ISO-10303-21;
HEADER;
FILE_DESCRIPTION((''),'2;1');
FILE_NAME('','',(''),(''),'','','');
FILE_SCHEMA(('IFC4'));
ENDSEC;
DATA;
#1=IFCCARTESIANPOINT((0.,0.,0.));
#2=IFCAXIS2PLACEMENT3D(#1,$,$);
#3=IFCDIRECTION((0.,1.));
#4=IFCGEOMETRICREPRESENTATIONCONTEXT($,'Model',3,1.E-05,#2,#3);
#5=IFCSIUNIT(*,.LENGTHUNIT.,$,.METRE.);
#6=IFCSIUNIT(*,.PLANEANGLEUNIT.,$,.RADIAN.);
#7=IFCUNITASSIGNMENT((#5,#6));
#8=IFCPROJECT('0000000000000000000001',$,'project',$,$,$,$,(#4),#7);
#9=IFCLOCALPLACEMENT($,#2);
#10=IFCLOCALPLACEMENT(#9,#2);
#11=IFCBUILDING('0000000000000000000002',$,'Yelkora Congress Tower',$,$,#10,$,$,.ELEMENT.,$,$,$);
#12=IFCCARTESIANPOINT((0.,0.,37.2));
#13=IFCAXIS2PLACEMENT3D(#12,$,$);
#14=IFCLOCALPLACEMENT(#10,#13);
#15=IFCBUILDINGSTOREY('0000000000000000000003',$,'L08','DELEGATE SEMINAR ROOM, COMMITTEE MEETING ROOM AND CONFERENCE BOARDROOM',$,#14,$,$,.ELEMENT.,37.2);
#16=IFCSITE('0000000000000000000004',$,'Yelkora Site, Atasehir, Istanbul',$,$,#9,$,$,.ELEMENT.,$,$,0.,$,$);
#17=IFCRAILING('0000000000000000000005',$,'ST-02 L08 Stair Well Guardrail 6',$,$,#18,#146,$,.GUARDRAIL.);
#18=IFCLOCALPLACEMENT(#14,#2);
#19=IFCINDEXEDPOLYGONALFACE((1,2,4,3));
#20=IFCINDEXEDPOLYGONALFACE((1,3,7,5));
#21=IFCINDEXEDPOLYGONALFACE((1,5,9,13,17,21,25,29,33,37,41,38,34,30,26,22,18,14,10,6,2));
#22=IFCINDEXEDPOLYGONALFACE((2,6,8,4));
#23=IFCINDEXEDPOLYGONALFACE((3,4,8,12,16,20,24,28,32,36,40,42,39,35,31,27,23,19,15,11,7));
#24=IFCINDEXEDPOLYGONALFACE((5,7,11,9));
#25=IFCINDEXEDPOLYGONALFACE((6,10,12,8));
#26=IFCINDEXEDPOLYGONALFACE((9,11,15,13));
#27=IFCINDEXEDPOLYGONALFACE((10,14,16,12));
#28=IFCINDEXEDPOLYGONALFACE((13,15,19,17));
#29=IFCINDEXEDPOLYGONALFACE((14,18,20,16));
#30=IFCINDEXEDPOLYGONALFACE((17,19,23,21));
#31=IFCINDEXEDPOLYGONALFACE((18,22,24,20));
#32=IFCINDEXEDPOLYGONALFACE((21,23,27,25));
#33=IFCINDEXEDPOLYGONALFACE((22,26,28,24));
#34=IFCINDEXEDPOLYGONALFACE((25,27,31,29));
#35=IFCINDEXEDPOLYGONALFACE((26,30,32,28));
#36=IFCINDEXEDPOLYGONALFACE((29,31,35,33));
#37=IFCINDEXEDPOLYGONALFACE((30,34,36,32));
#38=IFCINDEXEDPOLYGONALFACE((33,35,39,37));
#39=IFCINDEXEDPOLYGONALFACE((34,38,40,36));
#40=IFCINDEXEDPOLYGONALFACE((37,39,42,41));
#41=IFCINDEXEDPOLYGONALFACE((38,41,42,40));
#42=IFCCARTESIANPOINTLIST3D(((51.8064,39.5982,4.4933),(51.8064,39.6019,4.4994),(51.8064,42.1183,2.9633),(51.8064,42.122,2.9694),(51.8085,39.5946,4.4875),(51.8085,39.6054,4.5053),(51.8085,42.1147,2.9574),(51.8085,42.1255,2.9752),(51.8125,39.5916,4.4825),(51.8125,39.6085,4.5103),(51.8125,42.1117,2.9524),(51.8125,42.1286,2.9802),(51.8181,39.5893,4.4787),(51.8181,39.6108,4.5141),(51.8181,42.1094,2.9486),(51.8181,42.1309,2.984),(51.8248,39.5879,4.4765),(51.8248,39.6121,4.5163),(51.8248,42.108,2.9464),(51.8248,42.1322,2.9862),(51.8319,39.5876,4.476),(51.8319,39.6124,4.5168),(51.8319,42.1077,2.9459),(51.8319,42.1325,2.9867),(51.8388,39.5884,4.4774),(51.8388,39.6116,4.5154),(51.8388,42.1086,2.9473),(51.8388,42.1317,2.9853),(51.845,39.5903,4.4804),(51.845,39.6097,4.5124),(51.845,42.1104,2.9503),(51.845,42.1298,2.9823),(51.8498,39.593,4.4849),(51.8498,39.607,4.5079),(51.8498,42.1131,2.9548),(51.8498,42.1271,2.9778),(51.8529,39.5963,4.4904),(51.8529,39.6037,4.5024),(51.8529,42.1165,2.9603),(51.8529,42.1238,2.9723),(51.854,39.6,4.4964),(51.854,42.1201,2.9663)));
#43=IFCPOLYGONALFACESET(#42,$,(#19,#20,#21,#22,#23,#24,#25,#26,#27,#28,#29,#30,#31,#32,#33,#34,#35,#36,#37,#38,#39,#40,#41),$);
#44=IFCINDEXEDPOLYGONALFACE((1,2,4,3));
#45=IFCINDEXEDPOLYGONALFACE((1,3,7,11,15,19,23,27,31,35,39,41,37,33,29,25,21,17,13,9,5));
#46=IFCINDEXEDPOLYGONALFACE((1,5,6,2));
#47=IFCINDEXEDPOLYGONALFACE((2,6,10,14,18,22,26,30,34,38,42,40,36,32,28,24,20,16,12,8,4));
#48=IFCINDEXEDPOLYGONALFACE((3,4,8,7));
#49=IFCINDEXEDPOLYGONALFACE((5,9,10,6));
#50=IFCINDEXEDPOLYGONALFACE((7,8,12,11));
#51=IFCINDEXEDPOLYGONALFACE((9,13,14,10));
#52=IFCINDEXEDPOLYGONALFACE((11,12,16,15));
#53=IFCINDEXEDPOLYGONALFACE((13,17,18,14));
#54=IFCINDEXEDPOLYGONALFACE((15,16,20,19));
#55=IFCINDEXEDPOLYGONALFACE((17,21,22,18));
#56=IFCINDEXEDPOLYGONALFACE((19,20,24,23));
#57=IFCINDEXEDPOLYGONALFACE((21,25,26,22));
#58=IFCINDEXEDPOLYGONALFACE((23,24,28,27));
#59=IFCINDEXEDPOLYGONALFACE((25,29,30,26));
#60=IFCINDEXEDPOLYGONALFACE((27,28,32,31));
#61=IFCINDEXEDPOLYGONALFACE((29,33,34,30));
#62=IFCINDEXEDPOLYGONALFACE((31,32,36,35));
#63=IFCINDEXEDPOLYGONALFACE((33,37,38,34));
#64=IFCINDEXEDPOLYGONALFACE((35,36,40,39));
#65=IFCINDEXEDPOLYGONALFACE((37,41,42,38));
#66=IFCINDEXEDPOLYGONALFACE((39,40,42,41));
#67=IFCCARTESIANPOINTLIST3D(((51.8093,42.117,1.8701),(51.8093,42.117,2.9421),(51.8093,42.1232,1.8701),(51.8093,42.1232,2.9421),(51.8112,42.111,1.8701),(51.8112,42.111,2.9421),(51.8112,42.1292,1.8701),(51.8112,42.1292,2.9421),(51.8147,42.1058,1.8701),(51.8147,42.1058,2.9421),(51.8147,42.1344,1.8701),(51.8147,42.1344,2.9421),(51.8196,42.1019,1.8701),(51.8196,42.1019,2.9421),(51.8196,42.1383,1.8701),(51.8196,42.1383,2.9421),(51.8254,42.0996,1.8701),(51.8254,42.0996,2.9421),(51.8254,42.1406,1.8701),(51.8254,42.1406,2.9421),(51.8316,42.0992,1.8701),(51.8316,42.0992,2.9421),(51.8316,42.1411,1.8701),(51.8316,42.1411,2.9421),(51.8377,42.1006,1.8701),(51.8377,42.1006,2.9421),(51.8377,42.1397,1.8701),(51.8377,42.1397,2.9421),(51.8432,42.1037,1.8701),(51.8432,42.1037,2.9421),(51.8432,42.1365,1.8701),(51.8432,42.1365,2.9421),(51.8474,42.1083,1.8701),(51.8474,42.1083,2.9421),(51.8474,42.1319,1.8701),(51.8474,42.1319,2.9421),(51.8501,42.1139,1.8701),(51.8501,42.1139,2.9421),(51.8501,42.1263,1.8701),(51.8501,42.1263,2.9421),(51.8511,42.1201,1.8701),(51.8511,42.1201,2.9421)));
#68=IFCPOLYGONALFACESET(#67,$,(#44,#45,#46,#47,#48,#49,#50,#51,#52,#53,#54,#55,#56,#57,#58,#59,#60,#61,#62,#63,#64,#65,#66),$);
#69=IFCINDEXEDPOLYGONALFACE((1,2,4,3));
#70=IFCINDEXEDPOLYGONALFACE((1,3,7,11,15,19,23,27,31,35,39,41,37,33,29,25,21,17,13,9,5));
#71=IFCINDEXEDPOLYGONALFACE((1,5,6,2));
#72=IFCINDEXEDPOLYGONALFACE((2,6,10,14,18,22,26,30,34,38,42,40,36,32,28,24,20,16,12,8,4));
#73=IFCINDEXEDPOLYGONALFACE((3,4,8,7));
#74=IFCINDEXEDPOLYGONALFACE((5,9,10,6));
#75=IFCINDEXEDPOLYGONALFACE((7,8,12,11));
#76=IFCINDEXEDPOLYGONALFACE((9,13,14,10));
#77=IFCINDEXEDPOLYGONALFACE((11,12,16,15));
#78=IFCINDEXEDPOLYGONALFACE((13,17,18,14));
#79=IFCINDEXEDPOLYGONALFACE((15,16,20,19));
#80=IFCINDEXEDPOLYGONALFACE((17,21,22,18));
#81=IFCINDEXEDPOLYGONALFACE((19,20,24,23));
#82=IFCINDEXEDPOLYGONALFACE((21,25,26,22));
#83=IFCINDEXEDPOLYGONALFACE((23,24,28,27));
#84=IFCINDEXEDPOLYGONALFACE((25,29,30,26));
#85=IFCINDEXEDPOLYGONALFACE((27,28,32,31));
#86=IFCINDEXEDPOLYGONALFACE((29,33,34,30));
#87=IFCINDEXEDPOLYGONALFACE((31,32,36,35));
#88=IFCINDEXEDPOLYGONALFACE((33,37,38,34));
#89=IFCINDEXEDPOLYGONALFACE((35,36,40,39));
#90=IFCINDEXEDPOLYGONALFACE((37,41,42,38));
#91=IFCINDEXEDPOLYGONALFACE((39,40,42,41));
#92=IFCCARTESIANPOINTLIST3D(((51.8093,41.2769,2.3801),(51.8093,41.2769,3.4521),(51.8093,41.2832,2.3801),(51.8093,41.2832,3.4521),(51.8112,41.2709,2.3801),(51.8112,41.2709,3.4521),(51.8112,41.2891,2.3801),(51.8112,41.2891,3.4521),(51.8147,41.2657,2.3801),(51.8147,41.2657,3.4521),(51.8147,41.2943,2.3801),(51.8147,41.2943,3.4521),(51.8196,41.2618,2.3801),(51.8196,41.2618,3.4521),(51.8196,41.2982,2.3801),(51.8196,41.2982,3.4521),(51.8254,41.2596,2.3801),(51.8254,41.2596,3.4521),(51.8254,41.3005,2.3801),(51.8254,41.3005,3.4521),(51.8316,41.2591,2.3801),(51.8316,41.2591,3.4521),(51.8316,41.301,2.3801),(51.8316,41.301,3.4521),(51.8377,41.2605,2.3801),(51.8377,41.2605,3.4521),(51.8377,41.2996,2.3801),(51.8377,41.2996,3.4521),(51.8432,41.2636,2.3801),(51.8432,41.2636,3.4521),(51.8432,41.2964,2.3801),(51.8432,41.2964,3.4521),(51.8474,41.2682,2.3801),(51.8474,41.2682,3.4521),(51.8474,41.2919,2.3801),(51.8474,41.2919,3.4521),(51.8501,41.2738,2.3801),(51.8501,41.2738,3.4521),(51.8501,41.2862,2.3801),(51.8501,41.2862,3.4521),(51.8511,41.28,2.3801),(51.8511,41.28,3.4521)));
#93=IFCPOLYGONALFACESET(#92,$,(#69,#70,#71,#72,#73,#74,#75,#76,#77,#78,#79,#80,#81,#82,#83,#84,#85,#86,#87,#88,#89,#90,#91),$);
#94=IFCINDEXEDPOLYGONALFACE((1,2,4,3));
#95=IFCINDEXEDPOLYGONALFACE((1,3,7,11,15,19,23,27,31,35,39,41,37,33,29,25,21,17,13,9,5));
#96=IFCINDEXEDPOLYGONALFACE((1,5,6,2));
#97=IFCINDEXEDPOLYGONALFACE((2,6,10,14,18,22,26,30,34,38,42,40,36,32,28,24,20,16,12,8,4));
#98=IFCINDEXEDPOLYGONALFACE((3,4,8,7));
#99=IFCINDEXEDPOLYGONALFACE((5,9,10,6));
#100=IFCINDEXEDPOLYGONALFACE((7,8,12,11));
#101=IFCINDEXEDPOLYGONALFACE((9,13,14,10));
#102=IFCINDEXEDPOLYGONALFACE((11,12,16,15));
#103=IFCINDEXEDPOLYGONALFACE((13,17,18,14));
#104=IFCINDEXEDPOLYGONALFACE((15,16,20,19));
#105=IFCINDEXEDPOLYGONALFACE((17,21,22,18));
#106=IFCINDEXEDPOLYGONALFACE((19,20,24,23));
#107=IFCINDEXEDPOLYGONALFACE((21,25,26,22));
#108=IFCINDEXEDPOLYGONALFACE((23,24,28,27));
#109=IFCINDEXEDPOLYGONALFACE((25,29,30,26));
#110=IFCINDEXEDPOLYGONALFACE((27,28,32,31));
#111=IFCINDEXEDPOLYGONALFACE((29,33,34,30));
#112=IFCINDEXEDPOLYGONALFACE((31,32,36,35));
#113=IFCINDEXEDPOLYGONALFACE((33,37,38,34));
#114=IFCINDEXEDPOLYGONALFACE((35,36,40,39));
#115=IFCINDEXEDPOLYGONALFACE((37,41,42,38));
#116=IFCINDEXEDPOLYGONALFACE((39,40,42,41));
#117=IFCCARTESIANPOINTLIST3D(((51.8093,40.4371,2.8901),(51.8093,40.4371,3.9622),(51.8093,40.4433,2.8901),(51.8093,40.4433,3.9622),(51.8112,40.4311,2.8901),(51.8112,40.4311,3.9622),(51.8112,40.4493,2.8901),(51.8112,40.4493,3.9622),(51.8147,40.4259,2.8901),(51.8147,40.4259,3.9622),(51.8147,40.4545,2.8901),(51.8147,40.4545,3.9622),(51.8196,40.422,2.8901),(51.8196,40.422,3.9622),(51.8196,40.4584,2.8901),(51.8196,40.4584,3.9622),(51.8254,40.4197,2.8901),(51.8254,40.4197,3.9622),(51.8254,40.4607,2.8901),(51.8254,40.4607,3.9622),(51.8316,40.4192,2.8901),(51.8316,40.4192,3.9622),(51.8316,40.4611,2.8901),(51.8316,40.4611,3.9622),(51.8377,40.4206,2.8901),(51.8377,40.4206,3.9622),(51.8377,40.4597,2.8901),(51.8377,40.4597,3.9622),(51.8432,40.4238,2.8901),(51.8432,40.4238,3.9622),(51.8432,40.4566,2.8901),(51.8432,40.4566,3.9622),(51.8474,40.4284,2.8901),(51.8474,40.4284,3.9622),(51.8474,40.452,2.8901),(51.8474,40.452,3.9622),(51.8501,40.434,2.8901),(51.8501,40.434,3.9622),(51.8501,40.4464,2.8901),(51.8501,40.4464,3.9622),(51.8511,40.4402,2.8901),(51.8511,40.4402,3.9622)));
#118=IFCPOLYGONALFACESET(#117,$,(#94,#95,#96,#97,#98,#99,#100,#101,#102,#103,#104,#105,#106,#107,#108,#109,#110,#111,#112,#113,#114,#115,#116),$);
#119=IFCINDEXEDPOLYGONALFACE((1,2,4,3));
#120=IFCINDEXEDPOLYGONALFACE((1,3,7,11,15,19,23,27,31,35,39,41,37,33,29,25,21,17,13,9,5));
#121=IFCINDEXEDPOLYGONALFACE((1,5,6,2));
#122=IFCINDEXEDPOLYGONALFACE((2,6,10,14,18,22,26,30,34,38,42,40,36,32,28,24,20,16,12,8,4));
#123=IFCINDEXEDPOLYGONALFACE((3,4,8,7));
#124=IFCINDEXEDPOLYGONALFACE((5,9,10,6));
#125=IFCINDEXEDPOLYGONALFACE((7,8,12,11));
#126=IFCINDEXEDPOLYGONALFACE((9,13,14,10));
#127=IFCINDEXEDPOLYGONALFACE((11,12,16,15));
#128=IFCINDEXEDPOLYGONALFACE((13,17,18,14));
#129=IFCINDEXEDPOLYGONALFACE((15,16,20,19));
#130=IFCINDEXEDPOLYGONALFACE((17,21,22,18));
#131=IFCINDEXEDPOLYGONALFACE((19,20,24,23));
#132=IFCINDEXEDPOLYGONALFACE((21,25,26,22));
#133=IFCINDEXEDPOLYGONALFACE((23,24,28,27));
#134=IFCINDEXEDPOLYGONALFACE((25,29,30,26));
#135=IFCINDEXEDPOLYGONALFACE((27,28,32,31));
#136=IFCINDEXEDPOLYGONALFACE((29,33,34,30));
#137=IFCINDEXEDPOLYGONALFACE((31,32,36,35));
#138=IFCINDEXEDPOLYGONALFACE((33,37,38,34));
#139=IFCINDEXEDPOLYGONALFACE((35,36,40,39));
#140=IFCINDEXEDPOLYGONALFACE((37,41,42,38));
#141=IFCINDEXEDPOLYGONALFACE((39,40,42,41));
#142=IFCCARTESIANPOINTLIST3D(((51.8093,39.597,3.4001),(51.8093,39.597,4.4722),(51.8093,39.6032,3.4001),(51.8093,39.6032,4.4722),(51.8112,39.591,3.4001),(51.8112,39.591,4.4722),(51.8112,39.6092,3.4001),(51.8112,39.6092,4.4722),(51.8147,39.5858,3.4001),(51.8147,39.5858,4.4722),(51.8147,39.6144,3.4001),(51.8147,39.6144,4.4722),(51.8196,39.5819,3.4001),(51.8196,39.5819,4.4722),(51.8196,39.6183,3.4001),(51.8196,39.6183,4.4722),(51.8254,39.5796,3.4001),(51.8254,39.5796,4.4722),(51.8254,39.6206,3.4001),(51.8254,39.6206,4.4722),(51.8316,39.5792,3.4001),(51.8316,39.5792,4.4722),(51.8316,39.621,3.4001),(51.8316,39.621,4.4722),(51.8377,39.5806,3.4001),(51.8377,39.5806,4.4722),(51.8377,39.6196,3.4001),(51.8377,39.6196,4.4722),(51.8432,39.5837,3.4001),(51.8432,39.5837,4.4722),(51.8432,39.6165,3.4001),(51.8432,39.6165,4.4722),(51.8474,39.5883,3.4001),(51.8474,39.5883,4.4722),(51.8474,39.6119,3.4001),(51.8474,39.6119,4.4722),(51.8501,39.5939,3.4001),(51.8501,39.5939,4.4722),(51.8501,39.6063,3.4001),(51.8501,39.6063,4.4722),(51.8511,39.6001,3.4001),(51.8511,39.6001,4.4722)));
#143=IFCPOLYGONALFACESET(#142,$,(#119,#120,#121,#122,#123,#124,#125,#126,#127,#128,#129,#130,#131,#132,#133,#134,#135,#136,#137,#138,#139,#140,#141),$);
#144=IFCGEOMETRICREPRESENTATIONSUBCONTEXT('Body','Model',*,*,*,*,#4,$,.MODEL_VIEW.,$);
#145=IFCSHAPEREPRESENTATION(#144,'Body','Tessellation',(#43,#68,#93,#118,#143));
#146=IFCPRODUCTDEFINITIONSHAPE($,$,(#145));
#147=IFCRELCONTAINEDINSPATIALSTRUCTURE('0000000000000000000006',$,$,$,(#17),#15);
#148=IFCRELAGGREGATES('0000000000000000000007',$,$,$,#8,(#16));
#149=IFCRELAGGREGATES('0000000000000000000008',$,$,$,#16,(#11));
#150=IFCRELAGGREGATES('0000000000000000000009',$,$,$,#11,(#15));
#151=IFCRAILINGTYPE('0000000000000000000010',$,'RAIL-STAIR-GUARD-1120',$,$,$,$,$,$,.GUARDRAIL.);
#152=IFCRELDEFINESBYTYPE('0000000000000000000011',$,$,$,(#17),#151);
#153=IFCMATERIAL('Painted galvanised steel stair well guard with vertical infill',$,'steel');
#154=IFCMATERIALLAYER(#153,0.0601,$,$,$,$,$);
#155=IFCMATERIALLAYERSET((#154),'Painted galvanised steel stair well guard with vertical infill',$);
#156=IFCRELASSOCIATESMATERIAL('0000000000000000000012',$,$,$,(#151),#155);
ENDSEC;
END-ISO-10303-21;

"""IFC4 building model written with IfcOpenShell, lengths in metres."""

from ifc_helpers import new_model, si_unit, direction, frame, origin, origin_2d, place, context, subcontext, project, spatial, circle, extrude, material, layer, layer_set, type_object, element, save


model = new_model("IFC4")

# Units and contexts
model_context = context("Model", 3, precision=1e-05, world=origin(), true_north=direction((0.0, 1.0)))
body_context = subcontext(model_context, "Body", "Model", "MODEL_VIEW")
ifc_project = project(units=[si_unit("LENGTHUNIT", "METRE"), si_unit("PLANEANGLEUNIT", "RADIAN")], contexts=[model_context])

# Site, building, storey
site_placement = place(None, origin())
site = spatial("IfcSite", under=ifc_project, at=site_placement, Name="Yelkora Site, Atasehir, Istanbul", CompositionType="ELEMENT", RefElevation=0.0)
building_placement = place(site_placement, origin())
building = spatial("IfcBuilding", under=site, at=building_placement, Name="Yelkora Congress Tower", CompositionType="ELEMENT")
storey_placement = place(building_placement, frame((0.0, 0.0, 37.2)))
storey = spatial("IfcBuildingStorey", under=building, at=storey_placement, Name="L08", Description="DELEGATE SEMINAR ROOM, COMMITTEE MEETING ROOM AND CONFERENCE BOARDROOM", CompositionType="ELEMENT", Elevation=37.2)

# Railing
ifc_material_1 = material(Name="Painted galvanised steel stair well guard with vertical infill", Category="steel")
ifc_layer_1 = layer(ifc_material_1, 0.0601)
ifc_layer_set_1 = layer_set([ifc_layer_1], Name="Painted galvanised steel stair well guard with vertical infill")
railing_type_1 = type_object("IfcRailingType", Name="RAIL-STAIR-GUARD-1120", PredefinedType="GUARDRAIL", material=ifc_layer_set_1)
railing_1_placement = place(storey_placement, frame((51.8301, 42.1201, 1.8701)))
element("IfcRailing", 1, at=railing_1_placement, inside=storey, type_object=railing_type_1, Name="ST-02 L08 Stair Well Guardrail 6", PredefinedType="GUARDRAIL", context=body_context, shape_type="SweptSolid", body=[
    extrude(circle(Radius=0.0239, at=origin_2d()), frame((0.0, 0.0, 1.0962), z_axis=(0.0, -0.854785, 0.518982), x_axis=(1.0, 0.0, 0.0)), (0.0, 0.0, 1.0), 2.9482),
    extrude(circle(Radius=0.021, at=origin_2d()), origin(), (0.0, 0.0, 1.0), 1.072),
    extrude(circle(Radius=0.021, at=origin_2d()), frame((0.0, -0.8401, 0.51)), (0.0, 0.0, 1.0), 1.072),
    extrude(circle(Radius=0.021, at=origin_2d()), frame((0.0, -1.6799, 1.02)), (0.0, 0.0, 1.0), 1.072),
    extrude(circle(Radius=0.021, at=origin_2d()), frame((0.0, -2.52, 1.53)), (0.0, 0.0, 1.0), 1.072),
])

save(model, "model.ifc")
